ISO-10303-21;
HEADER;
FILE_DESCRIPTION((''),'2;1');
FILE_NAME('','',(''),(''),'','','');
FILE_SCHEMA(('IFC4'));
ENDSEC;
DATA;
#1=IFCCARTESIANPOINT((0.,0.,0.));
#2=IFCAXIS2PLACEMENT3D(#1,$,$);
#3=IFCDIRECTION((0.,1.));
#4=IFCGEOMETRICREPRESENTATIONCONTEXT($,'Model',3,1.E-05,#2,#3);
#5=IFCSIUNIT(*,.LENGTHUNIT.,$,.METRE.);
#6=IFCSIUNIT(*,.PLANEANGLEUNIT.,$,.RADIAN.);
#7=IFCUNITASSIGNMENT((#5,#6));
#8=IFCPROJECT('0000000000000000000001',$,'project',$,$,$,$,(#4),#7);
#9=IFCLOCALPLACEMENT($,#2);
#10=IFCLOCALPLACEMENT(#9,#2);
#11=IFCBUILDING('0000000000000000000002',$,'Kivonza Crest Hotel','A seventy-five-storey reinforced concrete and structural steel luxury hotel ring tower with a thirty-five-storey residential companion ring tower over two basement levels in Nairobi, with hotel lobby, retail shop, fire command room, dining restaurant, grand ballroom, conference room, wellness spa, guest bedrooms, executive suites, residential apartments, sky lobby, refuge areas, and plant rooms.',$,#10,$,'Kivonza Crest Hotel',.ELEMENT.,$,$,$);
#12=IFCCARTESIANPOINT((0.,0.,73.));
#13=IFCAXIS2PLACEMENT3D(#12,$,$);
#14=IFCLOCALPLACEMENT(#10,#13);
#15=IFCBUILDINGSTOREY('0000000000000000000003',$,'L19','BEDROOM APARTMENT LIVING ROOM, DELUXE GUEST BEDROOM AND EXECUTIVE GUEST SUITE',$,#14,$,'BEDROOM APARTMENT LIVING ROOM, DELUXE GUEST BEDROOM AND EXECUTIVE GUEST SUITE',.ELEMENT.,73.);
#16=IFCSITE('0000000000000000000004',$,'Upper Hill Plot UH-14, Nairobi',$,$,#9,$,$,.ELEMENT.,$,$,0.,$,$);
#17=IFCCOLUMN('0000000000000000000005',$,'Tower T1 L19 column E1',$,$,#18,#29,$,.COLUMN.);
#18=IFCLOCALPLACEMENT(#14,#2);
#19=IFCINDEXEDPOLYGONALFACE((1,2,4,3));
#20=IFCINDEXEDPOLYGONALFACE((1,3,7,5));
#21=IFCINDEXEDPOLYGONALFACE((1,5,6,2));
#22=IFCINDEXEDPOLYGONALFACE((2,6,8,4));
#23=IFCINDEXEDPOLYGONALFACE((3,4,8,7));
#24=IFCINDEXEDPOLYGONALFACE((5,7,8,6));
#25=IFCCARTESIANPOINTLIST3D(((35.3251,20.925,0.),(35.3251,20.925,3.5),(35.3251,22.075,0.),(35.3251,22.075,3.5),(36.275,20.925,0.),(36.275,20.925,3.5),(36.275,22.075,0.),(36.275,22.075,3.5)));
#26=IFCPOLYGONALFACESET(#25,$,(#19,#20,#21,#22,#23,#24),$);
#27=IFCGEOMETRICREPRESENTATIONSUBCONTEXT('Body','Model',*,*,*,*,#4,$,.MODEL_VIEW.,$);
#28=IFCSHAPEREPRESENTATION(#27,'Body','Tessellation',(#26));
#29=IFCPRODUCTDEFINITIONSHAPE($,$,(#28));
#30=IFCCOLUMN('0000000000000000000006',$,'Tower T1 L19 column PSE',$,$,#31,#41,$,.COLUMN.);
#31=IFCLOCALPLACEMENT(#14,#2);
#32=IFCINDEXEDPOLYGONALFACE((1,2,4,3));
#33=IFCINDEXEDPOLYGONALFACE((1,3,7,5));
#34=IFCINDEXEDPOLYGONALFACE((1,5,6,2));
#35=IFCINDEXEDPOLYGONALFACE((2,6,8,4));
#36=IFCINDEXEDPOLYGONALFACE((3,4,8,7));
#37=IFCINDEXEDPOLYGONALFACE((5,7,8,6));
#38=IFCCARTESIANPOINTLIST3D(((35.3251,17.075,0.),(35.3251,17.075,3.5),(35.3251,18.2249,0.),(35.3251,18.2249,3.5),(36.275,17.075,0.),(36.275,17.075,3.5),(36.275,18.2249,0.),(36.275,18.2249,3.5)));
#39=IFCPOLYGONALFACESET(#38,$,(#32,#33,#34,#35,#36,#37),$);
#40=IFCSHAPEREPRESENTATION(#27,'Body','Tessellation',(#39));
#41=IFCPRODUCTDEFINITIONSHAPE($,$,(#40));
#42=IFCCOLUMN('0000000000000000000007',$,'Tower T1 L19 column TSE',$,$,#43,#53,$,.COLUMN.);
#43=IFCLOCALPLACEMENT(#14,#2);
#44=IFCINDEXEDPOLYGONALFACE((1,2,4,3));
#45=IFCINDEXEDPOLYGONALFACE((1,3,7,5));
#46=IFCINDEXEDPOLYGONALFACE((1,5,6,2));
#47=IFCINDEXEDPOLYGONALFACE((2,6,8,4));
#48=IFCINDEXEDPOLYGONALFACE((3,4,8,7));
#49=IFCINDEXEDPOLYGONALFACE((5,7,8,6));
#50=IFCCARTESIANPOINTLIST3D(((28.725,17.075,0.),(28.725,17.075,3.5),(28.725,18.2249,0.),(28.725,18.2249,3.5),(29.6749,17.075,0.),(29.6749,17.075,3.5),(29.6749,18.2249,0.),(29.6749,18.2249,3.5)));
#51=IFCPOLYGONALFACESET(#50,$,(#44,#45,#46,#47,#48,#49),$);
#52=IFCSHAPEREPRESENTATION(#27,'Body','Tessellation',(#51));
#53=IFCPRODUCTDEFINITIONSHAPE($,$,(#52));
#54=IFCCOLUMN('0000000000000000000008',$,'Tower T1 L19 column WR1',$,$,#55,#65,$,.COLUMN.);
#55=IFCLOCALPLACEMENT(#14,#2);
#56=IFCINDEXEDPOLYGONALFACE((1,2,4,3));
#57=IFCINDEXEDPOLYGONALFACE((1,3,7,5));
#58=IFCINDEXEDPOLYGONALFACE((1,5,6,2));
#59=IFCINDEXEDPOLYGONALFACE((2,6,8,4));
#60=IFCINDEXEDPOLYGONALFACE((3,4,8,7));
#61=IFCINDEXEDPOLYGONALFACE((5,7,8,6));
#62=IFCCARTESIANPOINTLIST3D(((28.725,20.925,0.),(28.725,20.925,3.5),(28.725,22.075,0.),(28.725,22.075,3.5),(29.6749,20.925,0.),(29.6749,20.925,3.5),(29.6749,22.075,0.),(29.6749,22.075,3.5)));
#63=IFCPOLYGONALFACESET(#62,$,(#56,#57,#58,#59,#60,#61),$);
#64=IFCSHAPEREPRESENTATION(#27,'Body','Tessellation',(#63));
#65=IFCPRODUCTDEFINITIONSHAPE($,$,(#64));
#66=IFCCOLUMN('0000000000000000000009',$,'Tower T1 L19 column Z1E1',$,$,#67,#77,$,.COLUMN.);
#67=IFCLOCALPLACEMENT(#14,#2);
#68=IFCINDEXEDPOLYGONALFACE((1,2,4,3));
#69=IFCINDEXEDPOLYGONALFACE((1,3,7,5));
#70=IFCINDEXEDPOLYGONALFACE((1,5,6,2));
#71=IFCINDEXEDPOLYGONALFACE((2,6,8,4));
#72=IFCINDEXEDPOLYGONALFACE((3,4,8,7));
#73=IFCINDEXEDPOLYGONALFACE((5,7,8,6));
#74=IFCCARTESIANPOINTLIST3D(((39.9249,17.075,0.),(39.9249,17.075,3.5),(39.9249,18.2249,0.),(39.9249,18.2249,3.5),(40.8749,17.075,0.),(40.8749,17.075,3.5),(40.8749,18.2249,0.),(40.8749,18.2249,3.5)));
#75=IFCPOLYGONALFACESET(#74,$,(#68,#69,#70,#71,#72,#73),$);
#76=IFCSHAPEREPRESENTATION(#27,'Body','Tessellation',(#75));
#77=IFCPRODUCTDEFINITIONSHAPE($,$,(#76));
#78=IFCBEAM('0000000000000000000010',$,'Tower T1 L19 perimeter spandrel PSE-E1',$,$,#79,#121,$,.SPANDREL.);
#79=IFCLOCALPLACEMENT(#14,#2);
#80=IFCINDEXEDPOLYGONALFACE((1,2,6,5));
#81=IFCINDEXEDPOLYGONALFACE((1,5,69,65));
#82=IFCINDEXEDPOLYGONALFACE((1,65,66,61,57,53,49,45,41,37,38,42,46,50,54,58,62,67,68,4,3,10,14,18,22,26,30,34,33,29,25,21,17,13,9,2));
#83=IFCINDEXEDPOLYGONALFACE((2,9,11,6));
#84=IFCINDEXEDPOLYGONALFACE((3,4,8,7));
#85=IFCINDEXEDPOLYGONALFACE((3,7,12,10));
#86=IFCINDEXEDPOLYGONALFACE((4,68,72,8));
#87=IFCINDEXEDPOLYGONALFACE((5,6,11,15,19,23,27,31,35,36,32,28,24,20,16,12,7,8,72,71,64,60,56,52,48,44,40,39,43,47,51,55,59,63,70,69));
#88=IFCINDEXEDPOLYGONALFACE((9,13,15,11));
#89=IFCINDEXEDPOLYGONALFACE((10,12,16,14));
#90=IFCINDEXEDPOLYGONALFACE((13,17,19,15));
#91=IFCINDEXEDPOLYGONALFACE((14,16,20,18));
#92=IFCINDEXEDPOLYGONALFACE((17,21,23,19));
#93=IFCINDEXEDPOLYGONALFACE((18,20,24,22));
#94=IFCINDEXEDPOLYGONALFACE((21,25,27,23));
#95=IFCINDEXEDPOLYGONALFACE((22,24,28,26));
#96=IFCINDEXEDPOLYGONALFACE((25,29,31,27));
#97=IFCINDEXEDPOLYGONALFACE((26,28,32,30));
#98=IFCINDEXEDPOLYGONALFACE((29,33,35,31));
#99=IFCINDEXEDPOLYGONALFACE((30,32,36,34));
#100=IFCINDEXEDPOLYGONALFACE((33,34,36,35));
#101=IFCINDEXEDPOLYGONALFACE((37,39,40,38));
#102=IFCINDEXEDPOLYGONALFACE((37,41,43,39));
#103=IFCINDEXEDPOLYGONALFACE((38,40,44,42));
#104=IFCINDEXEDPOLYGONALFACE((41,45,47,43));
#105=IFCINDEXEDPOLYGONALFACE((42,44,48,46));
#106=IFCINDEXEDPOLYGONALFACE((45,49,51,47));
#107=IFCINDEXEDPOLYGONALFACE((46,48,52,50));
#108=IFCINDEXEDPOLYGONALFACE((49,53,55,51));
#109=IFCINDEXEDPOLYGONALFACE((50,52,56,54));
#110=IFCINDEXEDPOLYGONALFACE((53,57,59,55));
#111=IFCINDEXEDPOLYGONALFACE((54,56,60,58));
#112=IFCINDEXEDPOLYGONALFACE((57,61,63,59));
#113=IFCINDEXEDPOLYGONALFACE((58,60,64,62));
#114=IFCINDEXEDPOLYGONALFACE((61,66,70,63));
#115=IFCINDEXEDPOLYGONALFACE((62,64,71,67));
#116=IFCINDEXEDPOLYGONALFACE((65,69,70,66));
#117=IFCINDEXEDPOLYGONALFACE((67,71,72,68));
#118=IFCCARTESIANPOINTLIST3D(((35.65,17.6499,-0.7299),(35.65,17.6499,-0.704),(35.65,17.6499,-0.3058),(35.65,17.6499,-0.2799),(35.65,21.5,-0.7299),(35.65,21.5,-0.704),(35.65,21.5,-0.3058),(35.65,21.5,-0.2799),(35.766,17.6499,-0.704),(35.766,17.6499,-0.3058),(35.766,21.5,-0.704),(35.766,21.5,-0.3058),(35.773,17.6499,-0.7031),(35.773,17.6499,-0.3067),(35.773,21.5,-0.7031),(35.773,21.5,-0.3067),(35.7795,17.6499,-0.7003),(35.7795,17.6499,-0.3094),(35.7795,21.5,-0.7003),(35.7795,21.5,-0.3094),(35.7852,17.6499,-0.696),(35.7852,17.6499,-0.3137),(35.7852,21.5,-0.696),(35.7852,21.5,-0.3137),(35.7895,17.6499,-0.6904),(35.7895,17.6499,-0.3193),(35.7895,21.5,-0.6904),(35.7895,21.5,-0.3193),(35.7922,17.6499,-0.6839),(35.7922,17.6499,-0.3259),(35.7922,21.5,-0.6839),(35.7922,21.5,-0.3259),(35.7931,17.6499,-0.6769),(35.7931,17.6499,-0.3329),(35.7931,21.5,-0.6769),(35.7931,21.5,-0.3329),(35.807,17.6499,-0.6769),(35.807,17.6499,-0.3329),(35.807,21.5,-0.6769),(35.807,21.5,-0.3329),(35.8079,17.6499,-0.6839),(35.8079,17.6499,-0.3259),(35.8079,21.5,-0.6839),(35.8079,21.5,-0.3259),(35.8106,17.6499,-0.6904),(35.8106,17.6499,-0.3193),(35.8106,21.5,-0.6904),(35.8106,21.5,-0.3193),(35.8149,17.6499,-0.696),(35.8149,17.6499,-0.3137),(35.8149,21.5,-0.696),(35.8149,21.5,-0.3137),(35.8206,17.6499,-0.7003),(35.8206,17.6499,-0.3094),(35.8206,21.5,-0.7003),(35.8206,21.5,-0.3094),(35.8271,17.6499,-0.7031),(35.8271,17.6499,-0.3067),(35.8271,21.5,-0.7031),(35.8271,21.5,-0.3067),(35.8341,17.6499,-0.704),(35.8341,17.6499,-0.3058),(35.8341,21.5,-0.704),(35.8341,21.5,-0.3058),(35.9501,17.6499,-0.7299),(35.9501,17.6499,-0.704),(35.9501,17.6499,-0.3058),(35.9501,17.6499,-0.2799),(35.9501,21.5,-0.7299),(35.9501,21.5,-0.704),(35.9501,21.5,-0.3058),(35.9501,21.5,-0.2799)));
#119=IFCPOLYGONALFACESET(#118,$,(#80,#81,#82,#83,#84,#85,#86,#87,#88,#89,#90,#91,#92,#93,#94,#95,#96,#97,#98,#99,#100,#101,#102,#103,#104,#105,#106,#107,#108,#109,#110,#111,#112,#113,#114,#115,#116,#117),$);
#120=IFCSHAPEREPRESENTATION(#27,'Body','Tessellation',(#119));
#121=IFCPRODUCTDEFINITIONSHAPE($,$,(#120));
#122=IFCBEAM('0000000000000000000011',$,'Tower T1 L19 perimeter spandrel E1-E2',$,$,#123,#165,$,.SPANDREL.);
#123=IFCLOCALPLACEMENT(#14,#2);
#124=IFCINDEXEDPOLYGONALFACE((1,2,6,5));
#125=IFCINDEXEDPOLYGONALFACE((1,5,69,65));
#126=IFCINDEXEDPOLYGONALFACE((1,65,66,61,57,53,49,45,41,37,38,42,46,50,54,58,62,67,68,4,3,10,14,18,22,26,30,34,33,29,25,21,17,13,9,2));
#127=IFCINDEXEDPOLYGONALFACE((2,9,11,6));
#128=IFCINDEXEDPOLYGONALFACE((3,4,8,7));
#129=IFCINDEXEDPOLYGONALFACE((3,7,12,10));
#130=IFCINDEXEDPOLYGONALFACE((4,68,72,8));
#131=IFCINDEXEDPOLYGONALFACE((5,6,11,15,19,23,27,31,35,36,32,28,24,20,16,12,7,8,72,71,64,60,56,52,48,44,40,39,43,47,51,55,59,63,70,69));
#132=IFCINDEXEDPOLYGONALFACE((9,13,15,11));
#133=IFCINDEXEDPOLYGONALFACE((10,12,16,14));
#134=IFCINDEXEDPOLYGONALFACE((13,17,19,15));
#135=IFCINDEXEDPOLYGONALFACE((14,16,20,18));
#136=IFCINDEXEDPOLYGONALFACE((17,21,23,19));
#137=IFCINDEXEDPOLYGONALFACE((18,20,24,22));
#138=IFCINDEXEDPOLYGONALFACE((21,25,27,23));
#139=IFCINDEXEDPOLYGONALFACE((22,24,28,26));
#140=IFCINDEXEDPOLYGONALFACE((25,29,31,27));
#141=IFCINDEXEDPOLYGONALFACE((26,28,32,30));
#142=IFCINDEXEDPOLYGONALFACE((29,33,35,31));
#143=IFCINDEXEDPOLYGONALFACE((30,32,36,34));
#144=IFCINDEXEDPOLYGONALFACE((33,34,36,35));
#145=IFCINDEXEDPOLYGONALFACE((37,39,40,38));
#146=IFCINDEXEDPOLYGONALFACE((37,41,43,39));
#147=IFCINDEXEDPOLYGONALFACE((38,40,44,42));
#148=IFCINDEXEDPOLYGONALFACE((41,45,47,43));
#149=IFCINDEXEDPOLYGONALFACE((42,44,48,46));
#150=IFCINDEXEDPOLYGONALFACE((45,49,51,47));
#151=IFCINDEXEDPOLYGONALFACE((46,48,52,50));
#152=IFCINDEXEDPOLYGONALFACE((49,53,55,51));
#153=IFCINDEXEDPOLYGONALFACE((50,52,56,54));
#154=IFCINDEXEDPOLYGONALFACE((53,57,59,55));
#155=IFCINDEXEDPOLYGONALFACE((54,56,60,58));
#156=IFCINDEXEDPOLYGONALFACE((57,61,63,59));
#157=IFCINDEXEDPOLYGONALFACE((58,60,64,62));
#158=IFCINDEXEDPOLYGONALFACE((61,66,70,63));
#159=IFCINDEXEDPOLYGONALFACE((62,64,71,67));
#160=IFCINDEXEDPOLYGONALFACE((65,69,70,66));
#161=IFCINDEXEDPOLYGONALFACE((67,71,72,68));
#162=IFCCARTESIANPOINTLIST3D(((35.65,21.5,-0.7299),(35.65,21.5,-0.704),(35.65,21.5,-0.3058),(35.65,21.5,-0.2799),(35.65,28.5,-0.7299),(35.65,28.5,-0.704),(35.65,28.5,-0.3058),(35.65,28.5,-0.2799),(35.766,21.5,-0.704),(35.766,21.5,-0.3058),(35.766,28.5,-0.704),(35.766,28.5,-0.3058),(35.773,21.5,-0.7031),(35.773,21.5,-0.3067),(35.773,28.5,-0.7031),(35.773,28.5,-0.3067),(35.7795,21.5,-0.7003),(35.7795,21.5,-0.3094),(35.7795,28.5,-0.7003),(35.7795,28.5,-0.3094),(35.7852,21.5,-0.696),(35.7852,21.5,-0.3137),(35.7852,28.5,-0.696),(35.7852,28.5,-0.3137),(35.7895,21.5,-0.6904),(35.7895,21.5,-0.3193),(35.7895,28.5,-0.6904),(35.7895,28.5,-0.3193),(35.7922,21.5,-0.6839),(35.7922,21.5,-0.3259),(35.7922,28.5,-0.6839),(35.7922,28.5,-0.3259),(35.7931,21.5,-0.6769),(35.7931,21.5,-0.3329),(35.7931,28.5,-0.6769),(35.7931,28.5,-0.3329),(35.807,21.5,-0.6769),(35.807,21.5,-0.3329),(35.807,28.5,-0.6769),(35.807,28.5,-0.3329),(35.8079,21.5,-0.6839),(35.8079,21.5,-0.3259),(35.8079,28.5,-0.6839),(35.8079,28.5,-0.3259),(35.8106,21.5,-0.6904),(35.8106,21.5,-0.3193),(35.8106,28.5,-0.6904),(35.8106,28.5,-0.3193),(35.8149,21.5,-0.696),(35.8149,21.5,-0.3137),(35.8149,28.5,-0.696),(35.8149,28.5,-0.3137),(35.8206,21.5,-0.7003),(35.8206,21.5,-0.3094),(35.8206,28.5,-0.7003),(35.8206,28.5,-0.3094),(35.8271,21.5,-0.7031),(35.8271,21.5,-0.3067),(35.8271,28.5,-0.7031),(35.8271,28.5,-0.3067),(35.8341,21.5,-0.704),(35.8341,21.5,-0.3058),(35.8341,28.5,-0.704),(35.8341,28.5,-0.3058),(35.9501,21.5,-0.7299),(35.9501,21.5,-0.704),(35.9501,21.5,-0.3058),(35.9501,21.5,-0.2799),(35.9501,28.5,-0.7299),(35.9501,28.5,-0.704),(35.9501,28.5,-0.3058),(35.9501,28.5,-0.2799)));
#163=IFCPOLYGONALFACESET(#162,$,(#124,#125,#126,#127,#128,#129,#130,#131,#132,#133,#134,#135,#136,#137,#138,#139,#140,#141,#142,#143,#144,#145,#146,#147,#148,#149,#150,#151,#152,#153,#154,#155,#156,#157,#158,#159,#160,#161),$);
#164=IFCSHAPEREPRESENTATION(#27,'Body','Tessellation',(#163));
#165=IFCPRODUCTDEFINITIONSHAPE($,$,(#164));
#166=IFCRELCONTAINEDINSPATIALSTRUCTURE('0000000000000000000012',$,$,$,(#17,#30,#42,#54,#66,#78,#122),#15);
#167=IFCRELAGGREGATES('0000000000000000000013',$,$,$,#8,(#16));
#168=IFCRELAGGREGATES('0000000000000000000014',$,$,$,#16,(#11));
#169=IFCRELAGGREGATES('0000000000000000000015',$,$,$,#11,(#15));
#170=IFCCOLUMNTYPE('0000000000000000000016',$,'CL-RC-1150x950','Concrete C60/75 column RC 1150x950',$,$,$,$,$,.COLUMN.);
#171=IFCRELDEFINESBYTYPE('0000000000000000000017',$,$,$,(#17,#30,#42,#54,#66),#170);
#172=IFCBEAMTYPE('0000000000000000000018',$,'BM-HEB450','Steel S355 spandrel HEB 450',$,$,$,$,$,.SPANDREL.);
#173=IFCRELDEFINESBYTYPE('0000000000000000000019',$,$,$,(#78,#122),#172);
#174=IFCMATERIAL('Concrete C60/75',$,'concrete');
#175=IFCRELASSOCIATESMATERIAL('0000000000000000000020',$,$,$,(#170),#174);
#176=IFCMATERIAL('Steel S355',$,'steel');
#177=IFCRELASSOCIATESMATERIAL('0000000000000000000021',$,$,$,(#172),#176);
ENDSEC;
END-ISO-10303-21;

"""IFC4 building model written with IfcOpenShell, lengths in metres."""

from ifc_helpers import new_model, si_unit, direction, frame, origin, origin_2d, place, context, subcontext, project, spatial, rectangle, i_section, extrude, material, material_profile, profile_set, type_object, element, save


model = new_model("IFC4")

# Units and contexts
model_context = context("Model", 3, precision=1e-05, world=origin(), true_north=direction((0.0, 1.0)))
body_context = subcontext(model_context, "Body", "Model", "MODEL_VIEW")
ifc_project = project(units=[si_unit("LENGTHUNIT", "METRE"), si_unit("PLANEANGLEUNIT", "RADIAN")], contexts=[model_context])

# Site, building, storey
site_placement = place(None, origin())
site = spatial("IfcSite", under=ifc_project, at=site_placement, Name="Upper Hill Plot UH-14, Nairobi", CompositionType="ELEMENT", RefElevation=0.0)
building_placement = place(site_placement, origin())
building = spatial("IfcBuilding", under=site, at=building_placement, Name="Kivonza Crest Hotel", Description="A seventy-five-storey reinforced concrete and structural steel luxury hotel ring tower with a thirty-five-storey residential companion ring tower over two basement levels in Nairobi, with hotel lobby, retail shop, fire command room, dining restaurant, grand ballroom, conference room, wellness spa, guest bedrooms, executive suites, residential apartments, sky lobby, refuge areas, and plant rooms.", LongName="Kivonza Crest Hotel", CompositionType="ELEMENT")
storey_placement = place(building_placement, frame((0.0, 0.0, 73.0)))
storey = spatial("IfcBuildingStorey", under=building, at=storey_placement, Name="L19", Description="BEDROOM APARTMENT LIVING ROOM, DELUXE GUEST BEDROOM AND EXECUTIVE GUEST SUITE", LongName="BEDROOM APARTMENT LIVING ROOM, DELUXE GUEST BEDROOM AND EXECUTIVE GUEST SUITE", CompositionType="ELEMENT", Elevation=73.0)

# Columns
ifc_material_1 = material(Name="Concrete C60/75", Category="concrete")
ifc_material_profile_1 = material_profile(ifc_material_1, rectangle(XDim=0.95, YDim=1.1499, at=origin_2d()), Name="RC 1150x950")
ifc_profile_set_1 = profile_set([ifc_material_profile_1], Name="Concrete C60/75")
column_type = type_object("IfcColumnType", Name="CL-RC-1150x950", Description="Concrete C60/75 column RC 1150x950", PredefinedType="COLUMN", material=ifc_profile_set_1)
for number, where, z_axis, x_axis, name in (
    (1, (35.8, 21.5, 0.0), (0.0, 0.0, 1.0), (1.0, 0.0, 0.0), "Tower T1 L19 column E1"),
    (2, (35.8, 17.6499, 0.0), (0.0, 0.0, 1.0), (1.0, 0.0, 0.0), "Tower T1 L19 column PSE"),
    (3, (29.2, 17.6499, 0.0), (0.0, 0.0, 1.0), (1.0, 0.0, 0.0), "Tower T1 L19 column TSE"),
    (4, (29.2, 21.5, 0.0), (0.0, 0.0, 1.0), (1.0, 0.0, 0.0), "Tower T1 L19 column WR1"),
    (5, (40.3999, 17.6499, 0.0), (0.0, 0.0, 1.0), (1.0, 0.0, 0.0), "Tower T1 L19 column Z1E1"),
):
    element("IfcColumn", number, at=place(storey_placement, frame(where, z_axis=z_axis, x_axis=x_axis)), inside=storey, type_object=column_type, Name=name, PredefinedType="COLUMN", context=body_context, shape_type="SweptSolid", body=[
        extrude(rectangle(XDim=0.95, YDim=1.1499, at=origin_2d()), origin(), (0.0, 0.0, 1.0), 3.5),
    ])

# Beams
ifc_material_2 = material(Name="Steel S355", Category="steel")
ifc_material_profile_2 = material_profile(ifc_material_2, i_section(OverallWidth=0.3, OverallDepth=0.45, WebThickness=0.0139, FlangeThickness=0.0259, FilletRadius=0.0271, at=origin_2d()), Name="HEB 450")
ifc_profile_set_2 = profile_set([ifc_material_profile_2], Name="Steel S355")
beam_type_1 = type_object("IfcBeamType", Name="BM-HEB450", Description="Steel S355 spandrel HEB 450", PredefinedType="SPANDREL", material=ifc_profile_set_2)
beam_1_placement = place(storey_placement, frame((35.8, 17.6499, -0.5049), z_axis=(0.0, 1.0, 0.0), x_axis=(-1.0, 0.0, 0.0)))
element("IfcBeam", 6, at=beam_1_placement, inside=storey, type_object=beam_type_1, Name="Tower T1 L19 perimeter spandrel PSE-E1", PredefinedType="SPANDREL", context=body_context, shape_type="SweptSolid", body=[
    extrude(i_section(OverallWidth=0.3, OverallDepth=0.45, WebThickness=0.0139, FlangeThickness=0.0259, FilletRadius=0.0271, at=origin_2d()), origin(), (0.0, 0.0, 1.0), 3.8501),
])
beam_2_placement = place(storey_placement, frame((35.8, 21.5, -0.5049), z_axis=(0.0, 1.0, 0.0), x_axis=(-1.0, 0.0, 0.0)))
element("IfcBeam", 7, at=beam_2_placement, inside=storey, type_object=beam_type_1, Name="Tower T1 L19 perimeter spandrel E1-E2", PredefinedType="SPANDREL", context=body_context, shape_type="SweptSolid", body=[
    extrude(i_section(OverallWidth=0.3, OverallDepth=0.45, WebThickness=0.0139, FlangeThickness=0.0259, FilletRadius=0.0271, at=origin_2d()), origin(), (0.0, 0.0, 1.0), 7.0),
])

save(model, "model.ifc")
